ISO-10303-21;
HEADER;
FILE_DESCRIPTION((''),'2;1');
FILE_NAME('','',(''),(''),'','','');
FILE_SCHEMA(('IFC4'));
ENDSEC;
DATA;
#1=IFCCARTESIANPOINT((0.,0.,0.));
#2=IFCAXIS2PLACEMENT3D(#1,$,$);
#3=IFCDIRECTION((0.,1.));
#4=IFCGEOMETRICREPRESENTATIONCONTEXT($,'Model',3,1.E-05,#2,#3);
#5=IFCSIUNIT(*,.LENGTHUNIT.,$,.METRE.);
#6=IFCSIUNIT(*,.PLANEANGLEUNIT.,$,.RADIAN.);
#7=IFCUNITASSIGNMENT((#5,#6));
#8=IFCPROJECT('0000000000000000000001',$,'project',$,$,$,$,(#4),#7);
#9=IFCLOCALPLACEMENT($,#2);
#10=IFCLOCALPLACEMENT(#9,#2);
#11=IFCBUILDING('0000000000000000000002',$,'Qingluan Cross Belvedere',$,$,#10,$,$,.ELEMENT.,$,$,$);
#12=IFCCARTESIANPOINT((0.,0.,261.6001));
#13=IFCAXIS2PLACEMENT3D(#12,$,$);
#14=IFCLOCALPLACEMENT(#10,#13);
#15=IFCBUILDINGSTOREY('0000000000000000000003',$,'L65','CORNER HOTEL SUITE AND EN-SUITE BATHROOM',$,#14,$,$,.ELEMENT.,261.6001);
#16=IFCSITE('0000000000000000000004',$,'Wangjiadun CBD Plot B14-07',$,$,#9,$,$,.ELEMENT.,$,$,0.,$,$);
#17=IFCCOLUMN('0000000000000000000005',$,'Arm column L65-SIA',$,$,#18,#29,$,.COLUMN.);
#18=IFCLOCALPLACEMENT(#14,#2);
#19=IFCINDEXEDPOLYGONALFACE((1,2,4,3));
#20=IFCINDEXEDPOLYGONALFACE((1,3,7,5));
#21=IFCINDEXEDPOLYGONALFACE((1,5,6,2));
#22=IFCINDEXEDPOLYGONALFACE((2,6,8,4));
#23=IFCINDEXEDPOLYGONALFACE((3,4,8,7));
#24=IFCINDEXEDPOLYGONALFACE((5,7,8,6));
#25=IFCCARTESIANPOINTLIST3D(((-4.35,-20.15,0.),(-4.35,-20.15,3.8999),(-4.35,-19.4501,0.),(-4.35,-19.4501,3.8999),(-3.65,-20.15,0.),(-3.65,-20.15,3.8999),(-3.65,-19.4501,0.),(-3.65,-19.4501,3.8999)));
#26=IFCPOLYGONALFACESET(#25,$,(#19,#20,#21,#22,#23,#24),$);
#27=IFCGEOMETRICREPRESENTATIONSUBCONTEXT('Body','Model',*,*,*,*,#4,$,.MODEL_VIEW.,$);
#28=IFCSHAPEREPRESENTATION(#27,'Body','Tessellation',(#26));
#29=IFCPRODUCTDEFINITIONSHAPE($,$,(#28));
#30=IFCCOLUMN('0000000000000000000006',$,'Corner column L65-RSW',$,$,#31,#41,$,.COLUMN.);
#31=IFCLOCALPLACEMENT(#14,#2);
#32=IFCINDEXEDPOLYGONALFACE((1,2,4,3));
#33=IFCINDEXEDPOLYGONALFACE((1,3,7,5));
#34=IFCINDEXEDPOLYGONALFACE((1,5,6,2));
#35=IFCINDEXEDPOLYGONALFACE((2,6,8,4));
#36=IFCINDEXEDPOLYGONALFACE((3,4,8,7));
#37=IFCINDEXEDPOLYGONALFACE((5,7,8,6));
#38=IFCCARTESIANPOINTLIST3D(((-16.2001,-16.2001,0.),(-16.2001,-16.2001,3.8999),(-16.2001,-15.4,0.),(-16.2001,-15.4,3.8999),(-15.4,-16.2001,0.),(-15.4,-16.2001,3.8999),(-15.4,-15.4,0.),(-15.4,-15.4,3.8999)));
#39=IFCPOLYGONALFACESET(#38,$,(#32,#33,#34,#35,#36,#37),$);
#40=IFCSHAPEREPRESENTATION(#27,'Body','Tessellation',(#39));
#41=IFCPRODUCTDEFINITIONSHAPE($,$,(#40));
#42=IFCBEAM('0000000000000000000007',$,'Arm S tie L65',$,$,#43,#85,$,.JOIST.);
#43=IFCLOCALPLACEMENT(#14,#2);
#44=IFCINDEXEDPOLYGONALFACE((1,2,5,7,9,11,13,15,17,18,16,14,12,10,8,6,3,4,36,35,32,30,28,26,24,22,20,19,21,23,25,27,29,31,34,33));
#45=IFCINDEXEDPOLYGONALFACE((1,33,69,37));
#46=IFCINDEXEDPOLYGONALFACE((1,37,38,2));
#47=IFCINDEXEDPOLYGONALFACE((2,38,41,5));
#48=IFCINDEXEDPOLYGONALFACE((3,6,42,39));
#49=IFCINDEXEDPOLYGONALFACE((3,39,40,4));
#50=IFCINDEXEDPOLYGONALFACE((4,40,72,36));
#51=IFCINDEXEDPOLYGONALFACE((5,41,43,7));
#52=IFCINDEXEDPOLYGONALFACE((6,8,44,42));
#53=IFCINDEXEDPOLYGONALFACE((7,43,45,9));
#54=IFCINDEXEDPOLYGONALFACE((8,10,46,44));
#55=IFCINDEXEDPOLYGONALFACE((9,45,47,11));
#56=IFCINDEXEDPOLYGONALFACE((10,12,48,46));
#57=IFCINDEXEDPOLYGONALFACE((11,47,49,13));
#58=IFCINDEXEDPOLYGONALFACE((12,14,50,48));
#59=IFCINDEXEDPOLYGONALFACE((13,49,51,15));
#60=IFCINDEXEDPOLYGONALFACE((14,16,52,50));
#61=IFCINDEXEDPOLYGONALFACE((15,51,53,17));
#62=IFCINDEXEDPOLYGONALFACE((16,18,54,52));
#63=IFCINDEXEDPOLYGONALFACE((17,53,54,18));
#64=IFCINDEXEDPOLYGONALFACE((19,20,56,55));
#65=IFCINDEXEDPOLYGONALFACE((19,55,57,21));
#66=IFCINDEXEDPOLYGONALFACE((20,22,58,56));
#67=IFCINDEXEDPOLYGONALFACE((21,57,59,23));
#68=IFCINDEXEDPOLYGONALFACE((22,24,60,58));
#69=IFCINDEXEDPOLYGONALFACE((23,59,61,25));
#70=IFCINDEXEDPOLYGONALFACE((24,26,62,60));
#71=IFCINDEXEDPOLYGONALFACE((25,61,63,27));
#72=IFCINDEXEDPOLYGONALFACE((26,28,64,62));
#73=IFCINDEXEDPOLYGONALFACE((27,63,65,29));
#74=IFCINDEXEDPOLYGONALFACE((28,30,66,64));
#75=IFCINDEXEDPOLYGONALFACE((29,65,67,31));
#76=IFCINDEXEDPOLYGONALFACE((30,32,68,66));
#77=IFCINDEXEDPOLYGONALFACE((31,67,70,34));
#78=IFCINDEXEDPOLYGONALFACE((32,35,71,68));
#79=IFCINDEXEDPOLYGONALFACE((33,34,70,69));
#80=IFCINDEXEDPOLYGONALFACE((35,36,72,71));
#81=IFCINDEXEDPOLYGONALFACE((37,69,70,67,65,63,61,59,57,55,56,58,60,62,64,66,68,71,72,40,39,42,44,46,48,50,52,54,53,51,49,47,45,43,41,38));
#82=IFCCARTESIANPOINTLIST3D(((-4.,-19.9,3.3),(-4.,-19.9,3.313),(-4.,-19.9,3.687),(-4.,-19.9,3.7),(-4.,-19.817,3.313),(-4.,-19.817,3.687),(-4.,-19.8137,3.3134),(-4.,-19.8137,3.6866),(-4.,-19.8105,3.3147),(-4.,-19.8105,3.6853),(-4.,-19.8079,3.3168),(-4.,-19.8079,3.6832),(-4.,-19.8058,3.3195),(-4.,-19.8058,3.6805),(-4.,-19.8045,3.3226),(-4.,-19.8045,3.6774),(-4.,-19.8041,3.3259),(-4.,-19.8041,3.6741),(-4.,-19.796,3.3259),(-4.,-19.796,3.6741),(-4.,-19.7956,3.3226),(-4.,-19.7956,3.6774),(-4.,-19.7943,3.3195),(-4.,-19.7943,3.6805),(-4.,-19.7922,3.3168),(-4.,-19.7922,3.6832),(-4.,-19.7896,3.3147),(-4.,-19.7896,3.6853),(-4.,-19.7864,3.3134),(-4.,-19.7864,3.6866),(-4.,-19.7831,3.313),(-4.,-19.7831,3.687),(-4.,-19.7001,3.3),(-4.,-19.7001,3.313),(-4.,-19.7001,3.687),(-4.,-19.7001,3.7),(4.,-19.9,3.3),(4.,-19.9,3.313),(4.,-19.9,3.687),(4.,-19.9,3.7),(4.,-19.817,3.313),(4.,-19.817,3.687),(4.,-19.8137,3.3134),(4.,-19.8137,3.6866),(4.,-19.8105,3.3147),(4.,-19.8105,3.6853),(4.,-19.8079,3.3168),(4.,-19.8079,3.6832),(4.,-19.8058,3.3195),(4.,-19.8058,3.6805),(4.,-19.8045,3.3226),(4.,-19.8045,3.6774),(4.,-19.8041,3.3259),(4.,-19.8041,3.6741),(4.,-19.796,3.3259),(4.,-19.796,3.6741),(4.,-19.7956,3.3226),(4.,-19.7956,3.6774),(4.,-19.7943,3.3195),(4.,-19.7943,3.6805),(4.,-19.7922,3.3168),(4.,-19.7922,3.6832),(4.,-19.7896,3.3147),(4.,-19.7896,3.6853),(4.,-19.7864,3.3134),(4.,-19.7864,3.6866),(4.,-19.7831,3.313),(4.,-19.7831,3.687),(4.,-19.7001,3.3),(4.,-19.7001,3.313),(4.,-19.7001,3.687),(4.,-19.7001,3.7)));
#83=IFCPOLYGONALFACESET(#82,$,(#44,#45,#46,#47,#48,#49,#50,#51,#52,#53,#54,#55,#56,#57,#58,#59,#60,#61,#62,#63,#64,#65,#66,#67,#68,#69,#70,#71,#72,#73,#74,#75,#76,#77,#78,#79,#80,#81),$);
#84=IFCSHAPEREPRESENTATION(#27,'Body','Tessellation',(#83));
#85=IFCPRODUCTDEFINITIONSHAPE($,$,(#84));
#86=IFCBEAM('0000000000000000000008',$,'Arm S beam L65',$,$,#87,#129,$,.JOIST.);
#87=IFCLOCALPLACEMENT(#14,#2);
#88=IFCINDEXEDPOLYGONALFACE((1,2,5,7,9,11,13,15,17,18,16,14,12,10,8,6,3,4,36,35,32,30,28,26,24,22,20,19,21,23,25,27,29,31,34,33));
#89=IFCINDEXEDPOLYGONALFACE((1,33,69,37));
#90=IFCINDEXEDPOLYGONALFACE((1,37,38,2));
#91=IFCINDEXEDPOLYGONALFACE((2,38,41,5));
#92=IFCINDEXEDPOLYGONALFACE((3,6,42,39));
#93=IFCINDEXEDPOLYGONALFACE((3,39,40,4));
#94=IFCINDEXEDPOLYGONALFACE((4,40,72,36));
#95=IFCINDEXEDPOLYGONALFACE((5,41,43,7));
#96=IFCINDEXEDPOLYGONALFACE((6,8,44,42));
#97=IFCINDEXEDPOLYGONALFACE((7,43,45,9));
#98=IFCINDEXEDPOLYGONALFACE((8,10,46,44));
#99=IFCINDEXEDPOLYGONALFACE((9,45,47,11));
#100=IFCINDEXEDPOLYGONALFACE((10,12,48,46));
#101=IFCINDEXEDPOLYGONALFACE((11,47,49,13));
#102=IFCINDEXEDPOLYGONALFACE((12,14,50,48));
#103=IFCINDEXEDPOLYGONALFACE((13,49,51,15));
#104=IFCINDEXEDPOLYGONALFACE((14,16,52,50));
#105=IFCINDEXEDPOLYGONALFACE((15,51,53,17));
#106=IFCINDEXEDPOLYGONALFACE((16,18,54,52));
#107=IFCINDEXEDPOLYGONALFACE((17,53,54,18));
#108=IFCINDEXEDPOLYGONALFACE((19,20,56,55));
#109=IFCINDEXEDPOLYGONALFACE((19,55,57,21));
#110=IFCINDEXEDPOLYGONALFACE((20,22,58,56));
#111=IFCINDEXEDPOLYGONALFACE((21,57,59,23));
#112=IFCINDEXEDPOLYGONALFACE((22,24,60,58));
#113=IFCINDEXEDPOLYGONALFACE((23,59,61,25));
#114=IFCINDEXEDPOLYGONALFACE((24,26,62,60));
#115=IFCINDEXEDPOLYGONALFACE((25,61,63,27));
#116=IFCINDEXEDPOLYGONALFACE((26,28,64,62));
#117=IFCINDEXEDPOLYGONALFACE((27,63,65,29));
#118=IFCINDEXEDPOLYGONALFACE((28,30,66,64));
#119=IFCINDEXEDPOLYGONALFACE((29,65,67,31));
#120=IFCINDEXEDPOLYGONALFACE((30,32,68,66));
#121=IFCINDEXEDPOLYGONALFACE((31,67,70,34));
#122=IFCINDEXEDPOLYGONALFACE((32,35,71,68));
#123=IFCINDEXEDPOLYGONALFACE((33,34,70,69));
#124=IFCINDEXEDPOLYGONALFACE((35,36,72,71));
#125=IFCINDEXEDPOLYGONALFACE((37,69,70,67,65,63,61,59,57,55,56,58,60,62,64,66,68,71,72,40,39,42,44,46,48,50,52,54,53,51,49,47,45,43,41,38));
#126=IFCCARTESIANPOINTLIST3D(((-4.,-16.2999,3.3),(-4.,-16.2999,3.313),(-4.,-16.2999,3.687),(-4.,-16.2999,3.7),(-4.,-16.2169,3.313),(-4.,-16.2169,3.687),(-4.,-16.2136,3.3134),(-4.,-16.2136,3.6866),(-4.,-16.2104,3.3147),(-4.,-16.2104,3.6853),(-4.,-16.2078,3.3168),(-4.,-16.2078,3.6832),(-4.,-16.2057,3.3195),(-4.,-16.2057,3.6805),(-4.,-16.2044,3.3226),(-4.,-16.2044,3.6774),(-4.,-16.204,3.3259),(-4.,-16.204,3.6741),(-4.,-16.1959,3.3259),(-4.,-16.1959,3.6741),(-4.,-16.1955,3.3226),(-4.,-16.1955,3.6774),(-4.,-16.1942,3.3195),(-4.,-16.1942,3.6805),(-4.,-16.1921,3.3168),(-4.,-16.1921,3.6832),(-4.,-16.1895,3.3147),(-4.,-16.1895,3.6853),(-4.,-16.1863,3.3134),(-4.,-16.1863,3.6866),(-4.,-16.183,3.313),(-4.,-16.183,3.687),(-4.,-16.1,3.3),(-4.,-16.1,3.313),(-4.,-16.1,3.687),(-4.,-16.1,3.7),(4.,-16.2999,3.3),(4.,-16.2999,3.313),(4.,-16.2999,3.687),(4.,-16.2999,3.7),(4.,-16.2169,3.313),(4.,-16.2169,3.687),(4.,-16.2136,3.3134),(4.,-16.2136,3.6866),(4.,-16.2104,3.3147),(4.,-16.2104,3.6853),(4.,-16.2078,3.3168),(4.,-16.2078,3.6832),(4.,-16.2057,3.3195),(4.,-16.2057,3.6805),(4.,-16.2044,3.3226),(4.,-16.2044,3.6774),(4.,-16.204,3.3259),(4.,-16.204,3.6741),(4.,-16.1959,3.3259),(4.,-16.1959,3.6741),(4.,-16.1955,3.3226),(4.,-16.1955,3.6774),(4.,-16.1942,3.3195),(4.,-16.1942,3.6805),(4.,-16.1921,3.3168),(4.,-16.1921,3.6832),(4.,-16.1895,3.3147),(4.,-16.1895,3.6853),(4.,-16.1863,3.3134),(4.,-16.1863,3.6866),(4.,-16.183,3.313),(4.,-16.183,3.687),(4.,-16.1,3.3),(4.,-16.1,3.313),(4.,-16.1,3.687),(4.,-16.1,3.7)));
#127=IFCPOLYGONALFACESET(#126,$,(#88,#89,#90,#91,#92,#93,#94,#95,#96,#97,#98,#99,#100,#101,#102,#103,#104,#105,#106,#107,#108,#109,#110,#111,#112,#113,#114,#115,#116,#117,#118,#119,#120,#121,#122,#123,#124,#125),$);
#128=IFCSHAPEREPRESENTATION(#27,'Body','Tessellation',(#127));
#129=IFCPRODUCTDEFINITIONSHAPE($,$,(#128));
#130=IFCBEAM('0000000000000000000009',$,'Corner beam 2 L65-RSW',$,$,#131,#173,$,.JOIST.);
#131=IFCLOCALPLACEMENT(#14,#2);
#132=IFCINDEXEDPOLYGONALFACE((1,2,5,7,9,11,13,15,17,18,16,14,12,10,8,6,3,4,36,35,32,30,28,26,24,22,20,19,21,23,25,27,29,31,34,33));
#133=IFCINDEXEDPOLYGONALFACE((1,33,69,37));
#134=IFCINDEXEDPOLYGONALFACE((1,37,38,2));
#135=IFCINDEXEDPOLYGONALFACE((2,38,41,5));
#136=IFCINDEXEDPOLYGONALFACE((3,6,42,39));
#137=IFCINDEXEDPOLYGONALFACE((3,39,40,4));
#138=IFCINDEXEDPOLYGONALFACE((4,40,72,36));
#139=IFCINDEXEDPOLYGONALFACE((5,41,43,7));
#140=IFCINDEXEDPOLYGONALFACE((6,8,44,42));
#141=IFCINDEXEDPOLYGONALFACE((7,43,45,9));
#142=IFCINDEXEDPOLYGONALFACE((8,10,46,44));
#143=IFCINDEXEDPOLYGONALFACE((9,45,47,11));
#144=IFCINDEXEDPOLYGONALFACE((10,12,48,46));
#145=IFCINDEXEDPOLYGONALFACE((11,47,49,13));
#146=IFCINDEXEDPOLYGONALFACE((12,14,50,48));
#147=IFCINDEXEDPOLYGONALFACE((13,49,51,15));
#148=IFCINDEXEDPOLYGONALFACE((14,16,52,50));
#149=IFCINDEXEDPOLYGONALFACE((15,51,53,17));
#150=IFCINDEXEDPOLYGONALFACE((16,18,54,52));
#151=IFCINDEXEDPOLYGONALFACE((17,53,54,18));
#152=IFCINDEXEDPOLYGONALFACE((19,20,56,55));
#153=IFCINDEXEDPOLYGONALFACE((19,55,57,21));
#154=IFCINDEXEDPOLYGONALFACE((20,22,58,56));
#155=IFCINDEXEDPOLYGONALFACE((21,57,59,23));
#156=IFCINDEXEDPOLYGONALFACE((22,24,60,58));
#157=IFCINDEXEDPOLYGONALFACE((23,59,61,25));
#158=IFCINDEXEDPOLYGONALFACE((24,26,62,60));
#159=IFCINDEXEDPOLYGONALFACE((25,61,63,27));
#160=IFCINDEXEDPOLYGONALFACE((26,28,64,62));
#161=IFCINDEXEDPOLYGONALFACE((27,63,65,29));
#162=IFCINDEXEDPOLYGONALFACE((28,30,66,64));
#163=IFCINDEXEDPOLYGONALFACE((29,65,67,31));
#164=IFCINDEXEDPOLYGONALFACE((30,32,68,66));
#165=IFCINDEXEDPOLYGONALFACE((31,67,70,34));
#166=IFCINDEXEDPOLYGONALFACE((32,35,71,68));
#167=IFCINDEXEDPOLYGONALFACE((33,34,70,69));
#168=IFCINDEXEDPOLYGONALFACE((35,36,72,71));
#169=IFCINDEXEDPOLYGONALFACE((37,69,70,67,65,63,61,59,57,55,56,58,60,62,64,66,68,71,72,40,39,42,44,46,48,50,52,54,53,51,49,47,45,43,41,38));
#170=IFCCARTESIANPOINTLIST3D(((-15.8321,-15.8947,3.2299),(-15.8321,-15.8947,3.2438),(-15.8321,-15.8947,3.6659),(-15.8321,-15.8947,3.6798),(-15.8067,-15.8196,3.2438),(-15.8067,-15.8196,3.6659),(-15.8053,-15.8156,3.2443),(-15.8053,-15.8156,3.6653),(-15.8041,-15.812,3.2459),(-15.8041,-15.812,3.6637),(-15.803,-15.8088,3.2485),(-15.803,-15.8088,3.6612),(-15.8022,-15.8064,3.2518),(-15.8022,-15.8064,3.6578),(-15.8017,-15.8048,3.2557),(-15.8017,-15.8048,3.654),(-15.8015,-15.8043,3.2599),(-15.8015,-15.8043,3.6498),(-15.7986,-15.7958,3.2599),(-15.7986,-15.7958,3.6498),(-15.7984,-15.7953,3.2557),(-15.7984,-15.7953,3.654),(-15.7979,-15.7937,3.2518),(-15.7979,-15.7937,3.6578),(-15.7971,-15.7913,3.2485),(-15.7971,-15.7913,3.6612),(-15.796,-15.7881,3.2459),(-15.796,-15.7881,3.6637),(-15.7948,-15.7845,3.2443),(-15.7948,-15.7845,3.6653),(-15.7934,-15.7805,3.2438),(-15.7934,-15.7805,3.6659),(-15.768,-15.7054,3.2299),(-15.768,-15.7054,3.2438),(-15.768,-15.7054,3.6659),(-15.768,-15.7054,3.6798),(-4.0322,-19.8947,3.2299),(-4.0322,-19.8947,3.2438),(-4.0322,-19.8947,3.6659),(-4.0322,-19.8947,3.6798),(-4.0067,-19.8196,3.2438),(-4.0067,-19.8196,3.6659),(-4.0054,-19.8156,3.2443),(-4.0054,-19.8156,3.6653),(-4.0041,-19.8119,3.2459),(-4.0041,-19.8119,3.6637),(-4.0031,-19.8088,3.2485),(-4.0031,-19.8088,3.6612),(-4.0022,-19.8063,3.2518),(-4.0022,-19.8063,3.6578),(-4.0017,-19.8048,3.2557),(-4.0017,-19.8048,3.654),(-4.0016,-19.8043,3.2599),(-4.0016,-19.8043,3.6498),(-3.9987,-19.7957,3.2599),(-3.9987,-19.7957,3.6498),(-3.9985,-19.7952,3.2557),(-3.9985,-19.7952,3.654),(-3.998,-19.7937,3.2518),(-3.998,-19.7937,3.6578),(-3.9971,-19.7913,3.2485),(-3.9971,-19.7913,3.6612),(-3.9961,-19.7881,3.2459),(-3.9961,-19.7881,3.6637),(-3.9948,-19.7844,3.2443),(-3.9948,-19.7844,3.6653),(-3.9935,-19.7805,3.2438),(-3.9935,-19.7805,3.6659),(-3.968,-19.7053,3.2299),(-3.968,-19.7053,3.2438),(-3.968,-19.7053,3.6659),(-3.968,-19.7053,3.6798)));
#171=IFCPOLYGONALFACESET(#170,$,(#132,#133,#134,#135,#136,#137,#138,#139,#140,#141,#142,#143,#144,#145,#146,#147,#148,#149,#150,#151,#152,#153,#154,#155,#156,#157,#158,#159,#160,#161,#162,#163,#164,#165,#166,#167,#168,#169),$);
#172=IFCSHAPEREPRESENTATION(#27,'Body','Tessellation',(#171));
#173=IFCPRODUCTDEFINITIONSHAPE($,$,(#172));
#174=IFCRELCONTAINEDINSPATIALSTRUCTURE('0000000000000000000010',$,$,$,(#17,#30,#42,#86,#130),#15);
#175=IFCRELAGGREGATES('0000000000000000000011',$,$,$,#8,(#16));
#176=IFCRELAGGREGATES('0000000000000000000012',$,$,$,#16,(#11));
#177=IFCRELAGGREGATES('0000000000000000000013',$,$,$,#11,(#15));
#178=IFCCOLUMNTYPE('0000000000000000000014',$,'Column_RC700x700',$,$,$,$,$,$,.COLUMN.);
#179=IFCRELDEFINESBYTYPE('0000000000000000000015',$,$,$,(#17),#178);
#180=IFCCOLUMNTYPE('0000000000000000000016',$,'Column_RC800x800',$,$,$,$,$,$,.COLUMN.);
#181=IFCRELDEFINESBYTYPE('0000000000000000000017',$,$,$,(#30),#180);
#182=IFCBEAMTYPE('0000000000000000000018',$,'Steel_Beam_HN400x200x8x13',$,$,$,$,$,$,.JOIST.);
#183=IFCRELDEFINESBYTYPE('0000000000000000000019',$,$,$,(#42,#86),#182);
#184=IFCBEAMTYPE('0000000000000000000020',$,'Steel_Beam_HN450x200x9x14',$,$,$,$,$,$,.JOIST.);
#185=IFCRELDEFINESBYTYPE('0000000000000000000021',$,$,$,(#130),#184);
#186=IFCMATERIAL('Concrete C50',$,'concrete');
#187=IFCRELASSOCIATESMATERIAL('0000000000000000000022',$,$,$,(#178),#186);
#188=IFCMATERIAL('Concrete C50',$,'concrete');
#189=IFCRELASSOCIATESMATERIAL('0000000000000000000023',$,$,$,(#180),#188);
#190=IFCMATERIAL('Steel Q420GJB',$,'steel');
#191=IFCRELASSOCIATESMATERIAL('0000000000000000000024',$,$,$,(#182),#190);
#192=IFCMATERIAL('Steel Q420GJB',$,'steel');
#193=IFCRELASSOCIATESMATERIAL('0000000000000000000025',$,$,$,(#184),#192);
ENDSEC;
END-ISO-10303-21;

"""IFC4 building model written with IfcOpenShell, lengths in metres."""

from ifc_helpers import new_model, si_unit, direction, frame, origin, origin_2d, place, context, subcontext, project, spatial, rectangle, i_section, extrude, material, material_profile, profile_set, type_object, element, save


model = new_model("IFC4")

# Units and contexts
model_context = context("Model", 3, precision=1e-05, world=origin(), true_north=direction((0.0, 1.0)))
body_context = subcontext(model_context, "Body", "Model", "MODEL_VIEW")
ifc_project = project(units=[si_unit("LENGTHUNIT", "METRE"), si_unit("PLANEANGLEUNIT", "RADIAN")], contexts=[model_context])

# Site, building, storey
site_placement = place(None, origin())
site = spatial("IfcSite", under=ifc_project, at=site_placement, Name="Wangjiadun CBD Plot B14-07", CompositionType="ELEMENT", RefElevation=0.0)
building_placement = place(site_placement, origin())
building = spatial("IfcBuilding", under=site, at=building_placement, Name="Qingluan Cross Belvedere", CompositionType="ELEMENT")
storey_placement = place(building_placement, frame((0.0, 0.0, 261.6001)))
storey = spatial("IfcBuildingStorey", under=building, at=storey_placement, Name="L65", Description="CORNER HOTEL SUITE AND EN-SUITE BATHROOM", CompositionType="ELEMENT", Elevation=261.6001)

# Columns
ifc_material_1 = material(Name="Concrete C50", Category="concrete")
ifc_material_profile_1 = material_profile(ifc_material_1, rectangle(XDim=0.7, YDim=0.7, at=origin_2d()), Name="RC700x700")
ifc_profile_set_1 = profile_set([ifc_material_profile_1], Name="Concrete C50")
column_type_1 = type_object("IfcColumnType", Name="Column_RC700x700", PredefinedType="COLUMN", material=ifc_profile_set_1)
column_1_placement = place(storey_placement, frame((-4.0, -19.8, 0.0), z_axis=(0.0, 0.0, 1.0), x_axis=(1.0, 0.0, 0.0)))
element("IfcColumn", 1, at=column_1_placement, inside=storey, type_object=column_type_1, Name="Arm column L65-SIA", PredefinedType="COLUMN", context=body_context, shape_type="SweptSolid", body=[
    extrude(rectangle(XDim=0.7, YDim=0.7, at=origin_2d()), origin(), (0.0, 0.0, 1.0), 3.8999),
])
ifc_material_2 = material(Name="Concrete C50", Category="concrete")
ifc_material_profile_2 = material_profile(ifc_material_2, rectangle(XDim=0.8, YDim=0.8, at=origin_2d()), Name="RC800x800")
ifc_profile_set_2 = profile_set([ifc_material_profile_2], Name="Concrete C50")
column_type_2 = type_object("IfcColumnType", Name="Column_RC800x800", PredefinedType="COLUMN", material=ifc_profile_set_2)
column_2_placement = place(storey_placement, frame((-15.8, -15.8, 0.0), z_axis=(0.0, 0.0, 1.0), x_axis=(1.0, 0.0, 0.0)))
element("IfcColumn", 2, at=column_2_placement, inside=storey, type_object=column_type_2, Name="Corner column L65-RSW", PredefinedType="COLUMN", context=body_context, shape_type="SweptSolid", body=[
    extrude(rectangle(XDim=0.8, YDim=0.8, at=origin_2d()), origin(), (0.0, 0.0, 1.0), 3.8999),
])

# Beams
ifc_material_3 = material(Name="Steel Q420GJB", Category="steel")
ifc_material_profile_3 = material_profile(ifc_material_3, i_section(OverallWidth=0.2, OverallDepth=0.3999, WebThickness=0.0081, FlangeThickness=0.0129, FilletRadius=0.0129, at=origin_2d()), Name="HN400x200x8x13")
ifc_profile_set_3 = profile_set([ifc_material_profile_3], Name="Steel Q420GJB")
beam_type_1 = type_object("IfcBeamType", Name="Steel_Beam_HN400x200x8x13", PredefinedType="JOIST", material=ifc_profile_set_3)
for number, where, z_axis, x_axis, name in (
    (3, (-4.0, -19.8, 3.5), (1.0, 0.0, 0.0), (0.0, 1.0, 0.0), "Arm S tie L65"),
    (4, (-4.0, -16.2, 3.5), (1.0, 0.0, 0.0), (0.0, 1.0, 0.0), "Arm S beam L65"),
):
    element("IfcBeam", number, at=place(storey_placement, frame(where, z_axis=z_axis, x_axis=x_axis)), inside=storey, type_object=beam_type_1, Name=name, PredefinedType="JOIST", context=body_context, shape_type="SweptSolid", body=[
        extrude(i_section(OverallWidth=0.2, OverallDepth=0.3999, WebThickness=0.0081, FlangeThickness=0.0129, FilletRadius=0.0129, at=origin_2d()), origin(), (0.0, 0.0, 1.0), 8.0),
    ])
ifc_material_4 = material(Name="Steel Q420GJB", Category="steel")
ifc_material_profile_4 = material_profile(ifc_material_4, i_section(OverallWidth=0.2, OverallDepth=0.45, WebThickness=0.009, FlangeThickness=0.0139, FilletRadius=0.0161, at=origin_2d()), Name="HN450x200x9x14")
ifc_profile_set_4 = profile_set([ifc_material_profile_4], Name="Steel Q420GJB")
beam_type_2 = type_object("IfcBeamType", Name="Steel_Beam_HN450x200x9x14", PredefinedType="JOIST", material=ifc_profile_set_4)
for number, where, z_axis, x_axis, name in (
    (5, (-15.8, -15.8, 3.4548), (0.947066, -0.321038, 0.0), (0.321038, 0.947066, 0.0), "Corner beam 2 L65-RSW"),
):
    element("IfcBeam", number, at=place(storey_placement, frame(where, z_axis=z_axis, x_axis=x_axis)), inside=storey, type_object=beam_type_2, Name=name, PredefinedType="JOIST", context=body_context, shape_type="SweptSolid", body=[
        extrude(i_section(OverallWidth=0.2, OverallDepth=0.45, WebThickness=0.009, FlangeThickness=0.0139, FilletRadius=0.0161, at=origin_2d()), origin(), (0.0, 0.0, 1.0), 12.4595),
    ])

save(model, "model.ifc")
